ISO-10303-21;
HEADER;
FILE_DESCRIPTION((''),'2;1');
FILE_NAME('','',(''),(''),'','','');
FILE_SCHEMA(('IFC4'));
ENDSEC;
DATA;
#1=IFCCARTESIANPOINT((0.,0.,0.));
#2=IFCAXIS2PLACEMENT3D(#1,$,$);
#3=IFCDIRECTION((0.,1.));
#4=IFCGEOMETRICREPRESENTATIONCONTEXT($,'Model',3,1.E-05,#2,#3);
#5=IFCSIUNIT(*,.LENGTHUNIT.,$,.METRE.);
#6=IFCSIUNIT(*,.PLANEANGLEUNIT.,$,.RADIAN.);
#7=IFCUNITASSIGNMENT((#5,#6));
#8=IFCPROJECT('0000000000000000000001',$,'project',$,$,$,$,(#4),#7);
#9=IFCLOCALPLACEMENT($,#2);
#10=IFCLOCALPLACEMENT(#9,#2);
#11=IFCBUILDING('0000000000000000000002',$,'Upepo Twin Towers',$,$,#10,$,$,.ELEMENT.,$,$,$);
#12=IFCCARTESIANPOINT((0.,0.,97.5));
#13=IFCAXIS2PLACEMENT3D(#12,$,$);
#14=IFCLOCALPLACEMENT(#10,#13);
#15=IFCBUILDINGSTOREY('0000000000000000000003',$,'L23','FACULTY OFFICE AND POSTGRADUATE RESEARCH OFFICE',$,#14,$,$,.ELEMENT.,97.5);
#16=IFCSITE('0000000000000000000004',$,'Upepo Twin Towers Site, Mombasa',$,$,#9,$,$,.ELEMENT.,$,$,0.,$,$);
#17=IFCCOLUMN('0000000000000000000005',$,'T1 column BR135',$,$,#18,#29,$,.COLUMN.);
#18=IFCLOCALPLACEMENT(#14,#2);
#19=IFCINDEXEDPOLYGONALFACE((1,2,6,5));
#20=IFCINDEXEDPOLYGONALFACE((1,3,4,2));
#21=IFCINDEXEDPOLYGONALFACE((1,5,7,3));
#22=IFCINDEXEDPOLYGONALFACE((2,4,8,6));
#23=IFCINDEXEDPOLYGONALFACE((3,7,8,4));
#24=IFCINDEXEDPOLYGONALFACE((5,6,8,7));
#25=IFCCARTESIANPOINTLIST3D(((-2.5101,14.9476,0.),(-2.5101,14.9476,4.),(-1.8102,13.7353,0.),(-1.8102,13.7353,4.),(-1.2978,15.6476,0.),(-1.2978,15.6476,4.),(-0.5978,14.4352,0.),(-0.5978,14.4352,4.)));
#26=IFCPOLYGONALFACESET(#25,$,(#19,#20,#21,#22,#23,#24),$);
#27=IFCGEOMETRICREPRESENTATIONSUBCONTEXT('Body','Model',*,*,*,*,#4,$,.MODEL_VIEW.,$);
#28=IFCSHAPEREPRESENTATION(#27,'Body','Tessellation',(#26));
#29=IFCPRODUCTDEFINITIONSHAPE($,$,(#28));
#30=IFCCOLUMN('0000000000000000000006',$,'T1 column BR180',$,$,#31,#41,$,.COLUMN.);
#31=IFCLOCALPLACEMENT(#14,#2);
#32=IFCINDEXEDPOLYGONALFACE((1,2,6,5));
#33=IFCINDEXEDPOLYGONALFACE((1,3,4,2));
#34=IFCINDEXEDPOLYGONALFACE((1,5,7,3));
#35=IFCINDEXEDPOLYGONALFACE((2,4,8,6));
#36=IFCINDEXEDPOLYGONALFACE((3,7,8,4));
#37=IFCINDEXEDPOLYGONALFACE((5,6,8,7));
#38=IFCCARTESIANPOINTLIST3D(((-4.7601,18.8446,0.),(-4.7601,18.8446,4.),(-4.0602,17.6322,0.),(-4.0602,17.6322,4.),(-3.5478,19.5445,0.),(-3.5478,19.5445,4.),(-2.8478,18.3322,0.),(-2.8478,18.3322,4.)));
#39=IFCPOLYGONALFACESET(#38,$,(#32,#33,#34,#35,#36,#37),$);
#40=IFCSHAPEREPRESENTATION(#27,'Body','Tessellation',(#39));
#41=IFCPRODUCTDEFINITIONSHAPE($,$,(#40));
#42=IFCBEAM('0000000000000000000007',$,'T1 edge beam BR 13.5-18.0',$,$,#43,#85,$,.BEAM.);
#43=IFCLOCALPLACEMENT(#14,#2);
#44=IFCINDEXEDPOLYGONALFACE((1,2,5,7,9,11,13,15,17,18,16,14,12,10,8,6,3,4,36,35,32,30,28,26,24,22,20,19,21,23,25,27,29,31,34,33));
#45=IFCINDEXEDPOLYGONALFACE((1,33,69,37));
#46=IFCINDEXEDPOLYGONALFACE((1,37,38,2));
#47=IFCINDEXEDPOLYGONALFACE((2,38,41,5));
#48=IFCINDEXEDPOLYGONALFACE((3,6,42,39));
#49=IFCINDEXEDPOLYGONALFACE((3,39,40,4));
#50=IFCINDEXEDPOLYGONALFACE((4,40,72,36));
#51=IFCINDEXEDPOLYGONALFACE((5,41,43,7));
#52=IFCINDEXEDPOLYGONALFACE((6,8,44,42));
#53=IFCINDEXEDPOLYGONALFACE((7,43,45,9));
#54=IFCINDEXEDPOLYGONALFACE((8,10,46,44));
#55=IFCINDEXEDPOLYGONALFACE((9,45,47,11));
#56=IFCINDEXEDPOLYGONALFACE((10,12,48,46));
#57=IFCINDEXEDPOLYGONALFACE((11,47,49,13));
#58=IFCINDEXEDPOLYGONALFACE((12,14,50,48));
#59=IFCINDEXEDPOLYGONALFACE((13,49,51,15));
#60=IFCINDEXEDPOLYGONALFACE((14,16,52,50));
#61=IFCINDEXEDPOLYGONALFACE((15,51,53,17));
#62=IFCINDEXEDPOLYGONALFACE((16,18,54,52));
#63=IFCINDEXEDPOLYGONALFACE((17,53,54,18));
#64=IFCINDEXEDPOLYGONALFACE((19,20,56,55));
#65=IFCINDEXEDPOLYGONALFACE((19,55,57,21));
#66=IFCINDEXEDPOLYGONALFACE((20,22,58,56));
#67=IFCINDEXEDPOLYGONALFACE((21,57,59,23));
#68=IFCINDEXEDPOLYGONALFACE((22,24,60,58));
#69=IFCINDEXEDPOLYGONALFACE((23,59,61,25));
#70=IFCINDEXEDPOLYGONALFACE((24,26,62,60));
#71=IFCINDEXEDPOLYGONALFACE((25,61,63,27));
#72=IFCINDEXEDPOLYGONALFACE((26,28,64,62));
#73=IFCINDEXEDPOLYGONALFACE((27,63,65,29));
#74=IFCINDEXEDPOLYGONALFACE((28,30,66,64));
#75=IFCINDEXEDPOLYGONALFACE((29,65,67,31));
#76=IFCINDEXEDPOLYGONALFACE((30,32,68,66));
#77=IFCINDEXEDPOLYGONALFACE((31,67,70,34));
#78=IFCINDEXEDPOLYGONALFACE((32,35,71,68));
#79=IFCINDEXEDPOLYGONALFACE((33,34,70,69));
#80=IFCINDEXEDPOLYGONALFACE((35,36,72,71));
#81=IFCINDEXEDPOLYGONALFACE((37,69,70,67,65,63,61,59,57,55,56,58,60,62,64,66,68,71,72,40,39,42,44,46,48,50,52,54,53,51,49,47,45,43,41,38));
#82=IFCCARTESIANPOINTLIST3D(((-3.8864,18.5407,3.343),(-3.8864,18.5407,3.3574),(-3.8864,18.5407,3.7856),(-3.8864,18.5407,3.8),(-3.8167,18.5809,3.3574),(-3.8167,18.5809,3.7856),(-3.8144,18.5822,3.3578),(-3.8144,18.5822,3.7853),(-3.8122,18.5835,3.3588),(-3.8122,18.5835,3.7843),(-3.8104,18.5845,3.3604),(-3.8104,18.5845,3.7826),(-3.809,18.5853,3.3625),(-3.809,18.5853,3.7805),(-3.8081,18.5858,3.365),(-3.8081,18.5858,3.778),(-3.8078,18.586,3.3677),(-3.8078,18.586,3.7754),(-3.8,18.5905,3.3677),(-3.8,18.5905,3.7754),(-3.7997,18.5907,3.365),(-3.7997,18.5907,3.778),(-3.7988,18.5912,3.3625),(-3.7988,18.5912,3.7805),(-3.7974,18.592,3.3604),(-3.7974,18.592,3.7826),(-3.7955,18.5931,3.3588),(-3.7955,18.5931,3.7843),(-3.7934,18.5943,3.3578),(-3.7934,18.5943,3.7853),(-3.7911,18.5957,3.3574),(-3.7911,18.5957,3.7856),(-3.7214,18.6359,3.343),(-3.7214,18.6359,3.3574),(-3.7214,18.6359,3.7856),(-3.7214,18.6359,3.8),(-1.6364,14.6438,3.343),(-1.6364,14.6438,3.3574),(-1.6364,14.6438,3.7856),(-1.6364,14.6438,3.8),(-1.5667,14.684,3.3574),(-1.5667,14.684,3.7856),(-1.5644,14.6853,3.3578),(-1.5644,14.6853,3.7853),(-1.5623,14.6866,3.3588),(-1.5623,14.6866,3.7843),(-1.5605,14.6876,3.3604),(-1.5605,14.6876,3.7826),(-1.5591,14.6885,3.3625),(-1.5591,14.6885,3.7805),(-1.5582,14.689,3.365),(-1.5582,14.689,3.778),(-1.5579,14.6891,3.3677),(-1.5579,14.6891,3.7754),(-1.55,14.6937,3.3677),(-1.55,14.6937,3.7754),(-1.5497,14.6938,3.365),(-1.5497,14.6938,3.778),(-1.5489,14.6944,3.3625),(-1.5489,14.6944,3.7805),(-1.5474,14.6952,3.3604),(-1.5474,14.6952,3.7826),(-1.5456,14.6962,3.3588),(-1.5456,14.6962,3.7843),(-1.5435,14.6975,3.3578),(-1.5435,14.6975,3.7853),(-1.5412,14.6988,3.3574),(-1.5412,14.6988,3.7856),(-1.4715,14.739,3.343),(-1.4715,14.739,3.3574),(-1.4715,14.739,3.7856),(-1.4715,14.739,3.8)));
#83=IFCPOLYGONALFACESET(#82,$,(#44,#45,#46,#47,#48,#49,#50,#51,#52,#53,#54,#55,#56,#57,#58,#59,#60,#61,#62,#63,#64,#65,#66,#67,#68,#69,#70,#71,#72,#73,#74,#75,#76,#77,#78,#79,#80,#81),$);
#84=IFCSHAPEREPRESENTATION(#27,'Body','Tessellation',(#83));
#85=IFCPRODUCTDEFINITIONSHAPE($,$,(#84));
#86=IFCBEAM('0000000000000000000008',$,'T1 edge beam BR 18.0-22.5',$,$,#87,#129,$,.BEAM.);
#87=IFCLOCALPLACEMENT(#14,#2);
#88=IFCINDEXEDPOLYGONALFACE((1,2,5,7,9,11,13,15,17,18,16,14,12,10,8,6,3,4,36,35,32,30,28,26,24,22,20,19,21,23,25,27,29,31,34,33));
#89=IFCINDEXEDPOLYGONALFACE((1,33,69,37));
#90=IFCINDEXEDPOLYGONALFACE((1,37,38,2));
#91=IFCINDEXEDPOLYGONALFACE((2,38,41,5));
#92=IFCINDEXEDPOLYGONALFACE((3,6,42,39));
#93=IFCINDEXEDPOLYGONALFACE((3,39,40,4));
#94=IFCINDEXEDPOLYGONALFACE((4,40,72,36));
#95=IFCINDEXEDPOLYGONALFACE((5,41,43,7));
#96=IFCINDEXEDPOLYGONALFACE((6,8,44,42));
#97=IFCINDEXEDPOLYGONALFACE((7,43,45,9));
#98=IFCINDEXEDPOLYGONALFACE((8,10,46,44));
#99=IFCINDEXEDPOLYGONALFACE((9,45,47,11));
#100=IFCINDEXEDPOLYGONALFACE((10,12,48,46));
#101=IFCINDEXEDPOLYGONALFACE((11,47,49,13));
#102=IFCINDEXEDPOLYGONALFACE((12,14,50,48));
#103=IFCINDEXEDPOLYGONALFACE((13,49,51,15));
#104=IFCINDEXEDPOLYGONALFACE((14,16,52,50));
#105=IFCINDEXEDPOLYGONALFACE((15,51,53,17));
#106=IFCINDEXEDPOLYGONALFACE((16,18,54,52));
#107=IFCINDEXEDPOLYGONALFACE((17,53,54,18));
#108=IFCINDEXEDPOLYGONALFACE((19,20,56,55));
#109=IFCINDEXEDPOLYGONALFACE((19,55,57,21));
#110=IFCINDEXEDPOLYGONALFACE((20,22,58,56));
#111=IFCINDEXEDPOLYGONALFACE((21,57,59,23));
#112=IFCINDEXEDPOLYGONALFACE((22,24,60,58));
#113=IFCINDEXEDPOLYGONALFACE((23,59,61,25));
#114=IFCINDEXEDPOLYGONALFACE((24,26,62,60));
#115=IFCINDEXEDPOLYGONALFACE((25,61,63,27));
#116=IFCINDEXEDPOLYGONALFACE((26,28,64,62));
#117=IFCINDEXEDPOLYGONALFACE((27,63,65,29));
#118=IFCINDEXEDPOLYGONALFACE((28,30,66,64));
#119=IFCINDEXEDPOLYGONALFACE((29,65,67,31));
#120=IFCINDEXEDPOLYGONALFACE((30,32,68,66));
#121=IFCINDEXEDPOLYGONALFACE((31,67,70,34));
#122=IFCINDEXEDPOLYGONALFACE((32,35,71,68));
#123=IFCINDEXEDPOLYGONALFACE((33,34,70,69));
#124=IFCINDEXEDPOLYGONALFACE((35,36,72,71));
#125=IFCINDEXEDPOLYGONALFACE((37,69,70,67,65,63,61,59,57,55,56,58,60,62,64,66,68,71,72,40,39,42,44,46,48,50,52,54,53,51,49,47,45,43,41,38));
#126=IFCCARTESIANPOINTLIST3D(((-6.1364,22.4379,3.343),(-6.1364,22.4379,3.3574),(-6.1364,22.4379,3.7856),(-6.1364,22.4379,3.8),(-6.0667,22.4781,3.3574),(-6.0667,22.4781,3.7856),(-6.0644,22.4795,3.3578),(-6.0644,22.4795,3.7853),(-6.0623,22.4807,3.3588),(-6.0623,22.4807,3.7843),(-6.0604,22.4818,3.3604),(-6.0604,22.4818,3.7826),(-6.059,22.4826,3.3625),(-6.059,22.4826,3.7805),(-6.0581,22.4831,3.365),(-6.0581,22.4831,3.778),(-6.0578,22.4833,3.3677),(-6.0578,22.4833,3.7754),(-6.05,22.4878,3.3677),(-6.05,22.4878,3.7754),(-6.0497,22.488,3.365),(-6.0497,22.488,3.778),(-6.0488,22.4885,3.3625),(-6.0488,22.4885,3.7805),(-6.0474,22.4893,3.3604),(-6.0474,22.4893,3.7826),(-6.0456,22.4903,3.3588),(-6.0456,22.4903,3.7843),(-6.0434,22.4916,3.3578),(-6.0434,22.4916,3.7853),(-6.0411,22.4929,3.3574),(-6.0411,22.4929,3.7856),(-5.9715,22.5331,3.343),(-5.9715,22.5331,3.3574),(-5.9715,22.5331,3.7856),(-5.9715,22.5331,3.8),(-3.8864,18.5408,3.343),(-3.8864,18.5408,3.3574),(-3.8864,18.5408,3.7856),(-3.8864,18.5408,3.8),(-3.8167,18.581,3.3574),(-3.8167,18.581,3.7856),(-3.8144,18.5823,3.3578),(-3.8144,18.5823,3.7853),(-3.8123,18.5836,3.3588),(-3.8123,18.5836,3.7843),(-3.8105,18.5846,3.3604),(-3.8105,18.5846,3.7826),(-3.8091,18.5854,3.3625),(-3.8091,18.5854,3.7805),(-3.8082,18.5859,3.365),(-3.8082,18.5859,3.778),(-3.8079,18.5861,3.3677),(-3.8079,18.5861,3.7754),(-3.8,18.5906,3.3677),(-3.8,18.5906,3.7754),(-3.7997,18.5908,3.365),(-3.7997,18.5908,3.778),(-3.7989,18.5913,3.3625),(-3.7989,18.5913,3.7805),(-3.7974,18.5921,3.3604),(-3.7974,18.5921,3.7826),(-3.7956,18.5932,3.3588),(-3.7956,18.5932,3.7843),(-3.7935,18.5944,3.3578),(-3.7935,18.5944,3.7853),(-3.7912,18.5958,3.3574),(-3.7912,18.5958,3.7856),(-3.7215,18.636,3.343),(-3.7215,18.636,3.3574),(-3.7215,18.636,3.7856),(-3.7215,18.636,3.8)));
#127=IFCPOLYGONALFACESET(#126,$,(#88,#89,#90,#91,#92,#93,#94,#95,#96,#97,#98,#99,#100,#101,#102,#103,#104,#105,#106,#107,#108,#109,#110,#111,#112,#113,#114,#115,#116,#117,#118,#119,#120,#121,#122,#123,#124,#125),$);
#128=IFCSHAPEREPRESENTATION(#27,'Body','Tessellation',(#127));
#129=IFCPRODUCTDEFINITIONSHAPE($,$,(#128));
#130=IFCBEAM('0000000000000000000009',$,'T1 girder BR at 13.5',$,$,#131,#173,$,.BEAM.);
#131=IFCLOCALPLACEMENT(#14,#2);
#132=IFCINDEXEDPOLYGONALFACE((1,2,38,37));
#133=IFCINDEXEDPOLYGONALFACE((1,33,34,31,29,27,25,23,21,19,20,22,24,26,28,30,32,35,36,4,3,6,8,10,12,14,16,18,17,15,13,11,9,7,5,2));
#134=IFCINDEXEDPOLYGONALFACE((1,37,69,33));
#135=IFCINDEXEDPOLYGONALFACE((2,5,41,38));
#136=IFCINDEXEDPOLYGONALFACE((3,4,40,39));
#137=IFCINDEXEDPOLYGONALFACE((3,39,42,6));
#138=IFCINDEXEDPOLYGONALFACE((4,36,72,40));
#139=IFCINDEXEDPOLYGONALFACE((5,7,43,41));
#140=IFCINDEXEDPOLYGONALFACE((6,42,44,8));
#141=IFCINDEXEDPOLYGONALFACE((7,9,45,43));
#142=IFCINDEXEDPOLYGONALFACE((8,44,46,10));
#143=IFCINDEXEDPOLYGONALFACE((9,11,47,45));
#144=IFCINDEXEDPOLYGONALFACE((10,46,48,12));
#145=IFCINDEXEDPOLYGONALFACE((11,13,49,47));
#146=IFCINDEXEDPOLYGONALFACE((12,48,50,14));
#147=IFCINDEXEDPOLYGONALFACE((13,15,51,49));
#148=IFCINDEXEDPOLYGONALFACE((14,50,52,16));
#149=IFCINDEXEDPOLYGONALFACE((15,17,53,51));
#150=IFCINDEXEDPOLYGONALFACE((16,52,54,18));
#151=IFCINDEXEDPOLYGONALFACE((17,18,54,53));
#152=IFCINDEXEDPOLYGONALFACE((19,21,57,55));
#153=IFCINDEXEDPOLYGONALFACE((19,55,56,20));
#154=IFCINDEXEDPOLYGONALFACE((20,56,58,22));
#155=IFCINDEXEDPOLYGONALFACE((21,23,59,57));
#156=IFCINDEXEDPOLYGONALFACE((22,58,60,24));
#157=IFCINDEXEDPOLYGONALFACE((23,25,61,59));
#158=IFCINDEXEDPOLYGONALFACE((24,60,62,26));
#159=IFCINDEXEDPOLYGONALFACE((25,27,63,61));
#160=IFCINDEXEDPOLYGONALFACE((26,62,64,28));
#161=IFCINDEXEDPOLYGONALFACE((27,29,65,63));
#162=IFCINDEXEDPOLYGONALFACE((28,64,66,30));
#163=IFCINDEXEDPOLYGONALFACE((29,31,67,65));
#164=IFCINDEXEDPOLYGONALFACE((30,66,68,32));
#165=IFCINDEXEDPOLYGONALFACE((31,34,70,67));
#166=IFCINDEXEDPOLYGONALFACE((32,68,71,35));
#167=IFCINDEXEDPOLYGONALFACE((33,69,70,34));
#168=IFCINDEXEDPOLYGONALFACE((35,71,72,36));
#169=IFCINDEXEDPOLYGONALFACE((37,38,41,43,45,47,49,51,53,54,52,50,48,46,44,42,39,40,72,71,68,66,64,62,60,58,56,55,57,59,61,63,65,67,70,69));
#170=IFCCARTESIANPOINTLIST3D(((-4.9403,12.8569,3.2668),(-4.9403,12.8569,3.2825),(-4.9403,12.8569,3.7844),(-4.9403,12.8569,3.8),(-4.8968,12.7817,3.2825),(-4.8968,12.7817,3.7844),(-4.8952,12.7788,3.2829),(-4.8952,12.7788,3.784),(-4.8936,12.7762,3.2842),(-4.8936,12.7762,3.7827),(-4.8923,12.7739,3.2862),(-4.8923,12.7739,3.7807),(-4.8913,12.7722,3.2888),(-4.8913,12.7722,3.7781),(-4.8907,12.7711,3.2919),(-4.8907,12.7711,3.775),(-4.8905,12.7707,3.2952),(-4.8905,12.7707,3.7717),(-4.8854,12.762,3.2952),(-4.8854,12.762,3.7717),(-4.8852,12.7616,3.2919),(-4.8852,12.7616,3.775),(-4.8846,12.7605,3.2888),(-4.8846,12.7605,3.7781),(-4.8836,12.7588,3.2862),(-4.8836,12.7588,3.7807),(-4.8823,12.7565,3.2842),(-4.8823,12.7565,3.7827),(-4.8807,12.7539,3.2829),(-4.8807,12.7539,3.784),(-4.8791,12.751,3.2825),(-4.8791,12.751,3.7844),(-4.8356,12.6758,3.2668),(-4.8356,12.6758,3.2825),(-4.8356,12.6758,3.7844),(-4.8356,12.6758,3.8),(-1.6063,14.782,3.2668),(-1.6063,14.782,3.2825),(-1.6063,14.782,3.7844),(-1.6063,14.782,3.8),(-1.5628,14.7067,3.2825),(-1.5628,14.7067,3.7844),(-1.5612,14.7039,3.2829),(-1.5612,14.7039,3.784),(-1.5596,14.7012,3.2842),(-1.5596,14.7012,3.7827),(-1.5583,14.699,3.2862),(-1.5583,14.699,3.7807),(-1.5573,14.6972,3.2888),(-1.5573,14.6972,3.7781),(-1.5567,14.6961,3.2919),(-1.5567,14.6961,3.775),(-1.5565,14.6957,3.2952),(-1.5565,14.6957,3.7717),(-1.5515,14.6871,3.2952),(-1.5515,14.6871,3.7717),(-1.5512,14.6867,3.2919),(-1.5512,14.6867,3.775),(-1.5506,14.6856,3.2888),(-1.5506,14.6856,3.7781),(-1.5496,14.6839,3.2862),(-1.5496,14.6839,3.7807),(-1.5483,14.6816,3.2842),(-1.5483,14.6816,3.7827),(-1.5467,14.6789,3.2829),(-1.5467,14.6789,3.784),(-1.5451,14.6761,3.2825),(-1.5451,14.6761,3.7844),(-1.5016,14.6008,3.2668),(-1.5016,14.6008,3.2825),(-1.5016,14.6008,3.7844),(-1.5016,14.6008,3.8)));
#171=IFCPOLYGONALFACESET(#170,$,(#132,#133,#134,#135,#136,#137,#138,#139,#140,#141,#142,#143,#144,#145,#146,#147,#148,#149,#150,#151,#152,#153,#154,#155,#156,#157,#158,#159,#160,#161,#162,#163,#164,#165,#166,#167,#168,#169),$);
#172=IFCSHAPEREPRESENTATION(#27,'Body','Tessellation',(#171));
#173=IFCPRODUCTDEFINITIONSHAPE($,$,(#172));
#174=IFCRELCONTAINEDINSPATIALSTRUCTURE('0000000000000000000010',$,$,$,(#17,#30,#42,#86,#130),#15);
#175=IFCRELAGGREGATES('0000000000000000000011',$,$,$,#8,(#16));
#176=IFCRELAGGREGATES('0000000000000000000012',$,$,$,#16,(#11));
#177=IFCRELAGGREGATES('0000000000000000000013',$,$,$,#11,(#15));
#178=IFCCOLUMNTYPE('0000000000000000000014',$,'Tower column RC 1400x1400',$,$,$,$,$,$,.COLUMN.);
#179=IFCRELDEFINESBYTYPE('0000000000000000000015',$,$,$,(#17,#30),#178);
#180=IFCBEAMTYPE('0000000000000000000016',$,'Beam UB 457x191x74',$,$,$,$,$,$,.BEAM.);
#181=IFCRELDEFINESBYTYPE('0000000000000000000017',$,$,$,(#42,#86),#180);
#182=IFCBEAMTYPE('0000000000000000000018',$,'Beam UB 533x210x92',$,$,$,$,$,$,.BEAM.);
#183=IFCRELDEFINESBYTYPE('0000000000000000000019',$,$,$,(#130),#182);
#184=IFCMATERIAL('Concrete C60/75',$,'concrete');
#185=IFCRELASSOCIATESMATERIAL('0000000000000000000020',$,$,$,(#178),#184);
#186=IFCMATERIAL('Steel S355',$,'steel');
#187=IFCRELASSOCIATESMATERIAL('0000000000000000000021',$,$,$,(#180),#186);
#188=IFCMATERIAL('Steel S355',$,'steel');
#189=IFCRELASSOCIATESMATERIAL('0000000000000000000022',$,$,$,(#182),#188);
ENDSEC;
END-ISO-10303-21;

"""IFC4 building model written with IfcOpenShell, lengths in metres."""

from ifc_helpers import new_model, si_unit, direction, frame, origin, origin_2d, place, context, subcontext, project, spatial, rectangle, i_section, extrude, material, material_profile, profile_set, type_object, element, save


model = new_model("IFC4")

# Units and contexts
model_context = context("Model", 3, precision=1e-05, world=origin(), true_north=direction((0.0, 1.0)))
body_context = subcontext(model_context, "Body", "Model", "MODEL_VIEW")
ifc_project = project(units=[si_unit("LENGTHUNIT", "METRE"), si_unit("PLANEANGLEUNIT", "RADIAN")], contexts=[model_context])

# Site, building, storey
site_placement = place(None, origin())
site = spatial("IfcSite", under=ifc_project, at=site_placement, Name="Upepo Twin Towers Site, Mombasa", CompositionType="ELEMENT", RefElevation=0.0)
building_placement = place(site_placement, origin())
building = spatial("IfcBuilding", under=site, at=building_placement, Name="Upepo Twin Towers", CompositionType="ELEMENT")
storey_placement = place(building_placement, frame((0.0, 0.0, 97.5)))
storey = spatial("IfcBuildingStorey", under=building, at=storey_placement, Name="L23", Description="FACULTY OFFICE AND POSTGRADUATE RESEARCH OFFICE", CompositionType="ELEMENT", Elevation=97.5)

# Columns
ifc_material_1 = material(Name="Concrete C60/75", Category="concrete")
ifc_material_profile_1 = material_profile(ifc_material_1, rectangle(XDim=1.3999, YDim=1.3999, at=origin_2d()), Name="RC 1400x1400")
ifc_profile_set_1 = profile_set([ifc_material_profile_1], Name="Concrete C60/75")
column_type = type_object("IfcColumnType", Name="Tower column RC 1400x1400", PredefinedType="COLUMN", material=ifc_profile_set_1)
for number, where, z_axis, x_axis, name in (
    (1, (-1.554, 14.6914, 0.0), (0.0, 0.0, 1.0), (0.866025, 0.5, 0.0), "T1 column BR135"),
    (2, (-3.804, 18.5884, 0.0), (0.0, 0.0, 1.0), (0.866025, 0.5, 0.0), "T1 column BR180"),
):
    element("IfcColumn", number, at=place(storey_placement, frame(where, z_axis=z_axis, x_axis=x_axis)), inside=storey, type_object=column_type, Name=name, PredefinedType="COLUMN", context=body_context, shape_type="SweptSolid", body=[
        extrude(rectangle(XDim=1.3999, YDim=1.3999, at=origin_2d()), origin(), (0.0, 0.0, 1.0), 4.0),
    ])

# Beams
ifc_material_2 = material(Name="Steel S355", Category="steel")
ifc_material_profile_2 = material_profile(ifc_material_2, i_section(OverallWidth=0.1904, OverallDepth=0.457, WebThickness=0.009, FlangeThickness=0.0144, FilletRadius=0.0103, at=origin_2d()), Name="UB 457x191x74")
ifc_profile_set_2 = profile_set([ifc_material_profile_2], Name="Steel S355")
beam_type_1 = type_object("IfcBeamType", Name="Beam UB 457x191x74", PredefinedType="BEAM", material=ifc_profile_set_2)
beam_1_placement = place(storey_placement, frame((-1.554, 14.6914, 3.5715), z_axis=(-0.500014, 0.866018, 0.0), x_axis=(-0.866018, -0.500014, 0.0)))
element("IfcBeam", 3, at=beam_1_placement, inside=storey, type_object=beam_type_1, Name="T1 edge beam BR 13.5-18.0", PredefinedType="BEAM", context=body_context, shape_type="SweptSolid", body=[
    extrude(i_section(OverallWidth=0.1904, OverallDepth=0.457, WebThickness=0.009, FlangeThickness=0.0144, FilletRadius=0.0103, at=origin_2d()), origin(), (0.0, 0.0, 1.0), 4.4998),
])
beam_2_placement = place(storey_placement, frame((-3.804, 18.5884, 3.5715), z_axis=(-0.49999, 0.866031, 0.0), x_axis=(-0.866031, -0.49999, 0.0)))
element("IfcBeam", 4, at=beam_2_placement, inside=storey, type_object=beam_type_1, Name="T1 edge beam BR 18.0-22.5", PredefinedType="BEAM", context=body_context, shape_type="SweptSolid", body=[
    extrude(i_section(OverallWidth=0.1904, OverallDepth=0.457, WebThickness=0.009, FlangeThickness=0.0144, FilletRadius=0.0103, at=origin_2d()), origin(), (0.0, 0.0, 1.0), 4.5),
])
ifc_material_3 = material(Name="Steel S355", Category="steel")
ifc_material_profile_3 = material_profile(ifc_material_3, i_section(OverallWidth=0.2092, OverallDepth=0.5332, WebThickness=0.01, FlangeThickness=0.0156, FilletRadius=0.0127, at=origin_2d()), Name="UB 533x210x92")
ifc_profile_set_3 = profile_set([ifc_material_profile_3], Name="Steel S355")
beam_type_2 = type_object("IfcBeamType", Name="Beam UB 533x210x92", PredefinedType="BEAM", material=ifc_profile_set_3)
beam_3_placement = place(storey_placement, frame((-1.554, 14.6914, 3.5334), z_axis=(-0.866006, -0.500034, 0.0), x_axis=(0.500034, -0.866006, 0.0)))
element("IfcBeam", 5, at=beam_3_placement, inside=storey, type_object=beam_type_2, Name="T1 girder BR at 13.5", PredefinedType="BEAM", context=body_context, shape_type="SweptSolid", body=[
    extrude(i_section(OverallWidth=0.2092, OverallDepth=0.5332, WebThickness=0.01, FlangeThickness=0.0156, FilletRadius=0.0127, at=origin_2d()), origin(), (0.0, 0.0, 1.0), 3.8499),
])

save(model, "model.ifc")
